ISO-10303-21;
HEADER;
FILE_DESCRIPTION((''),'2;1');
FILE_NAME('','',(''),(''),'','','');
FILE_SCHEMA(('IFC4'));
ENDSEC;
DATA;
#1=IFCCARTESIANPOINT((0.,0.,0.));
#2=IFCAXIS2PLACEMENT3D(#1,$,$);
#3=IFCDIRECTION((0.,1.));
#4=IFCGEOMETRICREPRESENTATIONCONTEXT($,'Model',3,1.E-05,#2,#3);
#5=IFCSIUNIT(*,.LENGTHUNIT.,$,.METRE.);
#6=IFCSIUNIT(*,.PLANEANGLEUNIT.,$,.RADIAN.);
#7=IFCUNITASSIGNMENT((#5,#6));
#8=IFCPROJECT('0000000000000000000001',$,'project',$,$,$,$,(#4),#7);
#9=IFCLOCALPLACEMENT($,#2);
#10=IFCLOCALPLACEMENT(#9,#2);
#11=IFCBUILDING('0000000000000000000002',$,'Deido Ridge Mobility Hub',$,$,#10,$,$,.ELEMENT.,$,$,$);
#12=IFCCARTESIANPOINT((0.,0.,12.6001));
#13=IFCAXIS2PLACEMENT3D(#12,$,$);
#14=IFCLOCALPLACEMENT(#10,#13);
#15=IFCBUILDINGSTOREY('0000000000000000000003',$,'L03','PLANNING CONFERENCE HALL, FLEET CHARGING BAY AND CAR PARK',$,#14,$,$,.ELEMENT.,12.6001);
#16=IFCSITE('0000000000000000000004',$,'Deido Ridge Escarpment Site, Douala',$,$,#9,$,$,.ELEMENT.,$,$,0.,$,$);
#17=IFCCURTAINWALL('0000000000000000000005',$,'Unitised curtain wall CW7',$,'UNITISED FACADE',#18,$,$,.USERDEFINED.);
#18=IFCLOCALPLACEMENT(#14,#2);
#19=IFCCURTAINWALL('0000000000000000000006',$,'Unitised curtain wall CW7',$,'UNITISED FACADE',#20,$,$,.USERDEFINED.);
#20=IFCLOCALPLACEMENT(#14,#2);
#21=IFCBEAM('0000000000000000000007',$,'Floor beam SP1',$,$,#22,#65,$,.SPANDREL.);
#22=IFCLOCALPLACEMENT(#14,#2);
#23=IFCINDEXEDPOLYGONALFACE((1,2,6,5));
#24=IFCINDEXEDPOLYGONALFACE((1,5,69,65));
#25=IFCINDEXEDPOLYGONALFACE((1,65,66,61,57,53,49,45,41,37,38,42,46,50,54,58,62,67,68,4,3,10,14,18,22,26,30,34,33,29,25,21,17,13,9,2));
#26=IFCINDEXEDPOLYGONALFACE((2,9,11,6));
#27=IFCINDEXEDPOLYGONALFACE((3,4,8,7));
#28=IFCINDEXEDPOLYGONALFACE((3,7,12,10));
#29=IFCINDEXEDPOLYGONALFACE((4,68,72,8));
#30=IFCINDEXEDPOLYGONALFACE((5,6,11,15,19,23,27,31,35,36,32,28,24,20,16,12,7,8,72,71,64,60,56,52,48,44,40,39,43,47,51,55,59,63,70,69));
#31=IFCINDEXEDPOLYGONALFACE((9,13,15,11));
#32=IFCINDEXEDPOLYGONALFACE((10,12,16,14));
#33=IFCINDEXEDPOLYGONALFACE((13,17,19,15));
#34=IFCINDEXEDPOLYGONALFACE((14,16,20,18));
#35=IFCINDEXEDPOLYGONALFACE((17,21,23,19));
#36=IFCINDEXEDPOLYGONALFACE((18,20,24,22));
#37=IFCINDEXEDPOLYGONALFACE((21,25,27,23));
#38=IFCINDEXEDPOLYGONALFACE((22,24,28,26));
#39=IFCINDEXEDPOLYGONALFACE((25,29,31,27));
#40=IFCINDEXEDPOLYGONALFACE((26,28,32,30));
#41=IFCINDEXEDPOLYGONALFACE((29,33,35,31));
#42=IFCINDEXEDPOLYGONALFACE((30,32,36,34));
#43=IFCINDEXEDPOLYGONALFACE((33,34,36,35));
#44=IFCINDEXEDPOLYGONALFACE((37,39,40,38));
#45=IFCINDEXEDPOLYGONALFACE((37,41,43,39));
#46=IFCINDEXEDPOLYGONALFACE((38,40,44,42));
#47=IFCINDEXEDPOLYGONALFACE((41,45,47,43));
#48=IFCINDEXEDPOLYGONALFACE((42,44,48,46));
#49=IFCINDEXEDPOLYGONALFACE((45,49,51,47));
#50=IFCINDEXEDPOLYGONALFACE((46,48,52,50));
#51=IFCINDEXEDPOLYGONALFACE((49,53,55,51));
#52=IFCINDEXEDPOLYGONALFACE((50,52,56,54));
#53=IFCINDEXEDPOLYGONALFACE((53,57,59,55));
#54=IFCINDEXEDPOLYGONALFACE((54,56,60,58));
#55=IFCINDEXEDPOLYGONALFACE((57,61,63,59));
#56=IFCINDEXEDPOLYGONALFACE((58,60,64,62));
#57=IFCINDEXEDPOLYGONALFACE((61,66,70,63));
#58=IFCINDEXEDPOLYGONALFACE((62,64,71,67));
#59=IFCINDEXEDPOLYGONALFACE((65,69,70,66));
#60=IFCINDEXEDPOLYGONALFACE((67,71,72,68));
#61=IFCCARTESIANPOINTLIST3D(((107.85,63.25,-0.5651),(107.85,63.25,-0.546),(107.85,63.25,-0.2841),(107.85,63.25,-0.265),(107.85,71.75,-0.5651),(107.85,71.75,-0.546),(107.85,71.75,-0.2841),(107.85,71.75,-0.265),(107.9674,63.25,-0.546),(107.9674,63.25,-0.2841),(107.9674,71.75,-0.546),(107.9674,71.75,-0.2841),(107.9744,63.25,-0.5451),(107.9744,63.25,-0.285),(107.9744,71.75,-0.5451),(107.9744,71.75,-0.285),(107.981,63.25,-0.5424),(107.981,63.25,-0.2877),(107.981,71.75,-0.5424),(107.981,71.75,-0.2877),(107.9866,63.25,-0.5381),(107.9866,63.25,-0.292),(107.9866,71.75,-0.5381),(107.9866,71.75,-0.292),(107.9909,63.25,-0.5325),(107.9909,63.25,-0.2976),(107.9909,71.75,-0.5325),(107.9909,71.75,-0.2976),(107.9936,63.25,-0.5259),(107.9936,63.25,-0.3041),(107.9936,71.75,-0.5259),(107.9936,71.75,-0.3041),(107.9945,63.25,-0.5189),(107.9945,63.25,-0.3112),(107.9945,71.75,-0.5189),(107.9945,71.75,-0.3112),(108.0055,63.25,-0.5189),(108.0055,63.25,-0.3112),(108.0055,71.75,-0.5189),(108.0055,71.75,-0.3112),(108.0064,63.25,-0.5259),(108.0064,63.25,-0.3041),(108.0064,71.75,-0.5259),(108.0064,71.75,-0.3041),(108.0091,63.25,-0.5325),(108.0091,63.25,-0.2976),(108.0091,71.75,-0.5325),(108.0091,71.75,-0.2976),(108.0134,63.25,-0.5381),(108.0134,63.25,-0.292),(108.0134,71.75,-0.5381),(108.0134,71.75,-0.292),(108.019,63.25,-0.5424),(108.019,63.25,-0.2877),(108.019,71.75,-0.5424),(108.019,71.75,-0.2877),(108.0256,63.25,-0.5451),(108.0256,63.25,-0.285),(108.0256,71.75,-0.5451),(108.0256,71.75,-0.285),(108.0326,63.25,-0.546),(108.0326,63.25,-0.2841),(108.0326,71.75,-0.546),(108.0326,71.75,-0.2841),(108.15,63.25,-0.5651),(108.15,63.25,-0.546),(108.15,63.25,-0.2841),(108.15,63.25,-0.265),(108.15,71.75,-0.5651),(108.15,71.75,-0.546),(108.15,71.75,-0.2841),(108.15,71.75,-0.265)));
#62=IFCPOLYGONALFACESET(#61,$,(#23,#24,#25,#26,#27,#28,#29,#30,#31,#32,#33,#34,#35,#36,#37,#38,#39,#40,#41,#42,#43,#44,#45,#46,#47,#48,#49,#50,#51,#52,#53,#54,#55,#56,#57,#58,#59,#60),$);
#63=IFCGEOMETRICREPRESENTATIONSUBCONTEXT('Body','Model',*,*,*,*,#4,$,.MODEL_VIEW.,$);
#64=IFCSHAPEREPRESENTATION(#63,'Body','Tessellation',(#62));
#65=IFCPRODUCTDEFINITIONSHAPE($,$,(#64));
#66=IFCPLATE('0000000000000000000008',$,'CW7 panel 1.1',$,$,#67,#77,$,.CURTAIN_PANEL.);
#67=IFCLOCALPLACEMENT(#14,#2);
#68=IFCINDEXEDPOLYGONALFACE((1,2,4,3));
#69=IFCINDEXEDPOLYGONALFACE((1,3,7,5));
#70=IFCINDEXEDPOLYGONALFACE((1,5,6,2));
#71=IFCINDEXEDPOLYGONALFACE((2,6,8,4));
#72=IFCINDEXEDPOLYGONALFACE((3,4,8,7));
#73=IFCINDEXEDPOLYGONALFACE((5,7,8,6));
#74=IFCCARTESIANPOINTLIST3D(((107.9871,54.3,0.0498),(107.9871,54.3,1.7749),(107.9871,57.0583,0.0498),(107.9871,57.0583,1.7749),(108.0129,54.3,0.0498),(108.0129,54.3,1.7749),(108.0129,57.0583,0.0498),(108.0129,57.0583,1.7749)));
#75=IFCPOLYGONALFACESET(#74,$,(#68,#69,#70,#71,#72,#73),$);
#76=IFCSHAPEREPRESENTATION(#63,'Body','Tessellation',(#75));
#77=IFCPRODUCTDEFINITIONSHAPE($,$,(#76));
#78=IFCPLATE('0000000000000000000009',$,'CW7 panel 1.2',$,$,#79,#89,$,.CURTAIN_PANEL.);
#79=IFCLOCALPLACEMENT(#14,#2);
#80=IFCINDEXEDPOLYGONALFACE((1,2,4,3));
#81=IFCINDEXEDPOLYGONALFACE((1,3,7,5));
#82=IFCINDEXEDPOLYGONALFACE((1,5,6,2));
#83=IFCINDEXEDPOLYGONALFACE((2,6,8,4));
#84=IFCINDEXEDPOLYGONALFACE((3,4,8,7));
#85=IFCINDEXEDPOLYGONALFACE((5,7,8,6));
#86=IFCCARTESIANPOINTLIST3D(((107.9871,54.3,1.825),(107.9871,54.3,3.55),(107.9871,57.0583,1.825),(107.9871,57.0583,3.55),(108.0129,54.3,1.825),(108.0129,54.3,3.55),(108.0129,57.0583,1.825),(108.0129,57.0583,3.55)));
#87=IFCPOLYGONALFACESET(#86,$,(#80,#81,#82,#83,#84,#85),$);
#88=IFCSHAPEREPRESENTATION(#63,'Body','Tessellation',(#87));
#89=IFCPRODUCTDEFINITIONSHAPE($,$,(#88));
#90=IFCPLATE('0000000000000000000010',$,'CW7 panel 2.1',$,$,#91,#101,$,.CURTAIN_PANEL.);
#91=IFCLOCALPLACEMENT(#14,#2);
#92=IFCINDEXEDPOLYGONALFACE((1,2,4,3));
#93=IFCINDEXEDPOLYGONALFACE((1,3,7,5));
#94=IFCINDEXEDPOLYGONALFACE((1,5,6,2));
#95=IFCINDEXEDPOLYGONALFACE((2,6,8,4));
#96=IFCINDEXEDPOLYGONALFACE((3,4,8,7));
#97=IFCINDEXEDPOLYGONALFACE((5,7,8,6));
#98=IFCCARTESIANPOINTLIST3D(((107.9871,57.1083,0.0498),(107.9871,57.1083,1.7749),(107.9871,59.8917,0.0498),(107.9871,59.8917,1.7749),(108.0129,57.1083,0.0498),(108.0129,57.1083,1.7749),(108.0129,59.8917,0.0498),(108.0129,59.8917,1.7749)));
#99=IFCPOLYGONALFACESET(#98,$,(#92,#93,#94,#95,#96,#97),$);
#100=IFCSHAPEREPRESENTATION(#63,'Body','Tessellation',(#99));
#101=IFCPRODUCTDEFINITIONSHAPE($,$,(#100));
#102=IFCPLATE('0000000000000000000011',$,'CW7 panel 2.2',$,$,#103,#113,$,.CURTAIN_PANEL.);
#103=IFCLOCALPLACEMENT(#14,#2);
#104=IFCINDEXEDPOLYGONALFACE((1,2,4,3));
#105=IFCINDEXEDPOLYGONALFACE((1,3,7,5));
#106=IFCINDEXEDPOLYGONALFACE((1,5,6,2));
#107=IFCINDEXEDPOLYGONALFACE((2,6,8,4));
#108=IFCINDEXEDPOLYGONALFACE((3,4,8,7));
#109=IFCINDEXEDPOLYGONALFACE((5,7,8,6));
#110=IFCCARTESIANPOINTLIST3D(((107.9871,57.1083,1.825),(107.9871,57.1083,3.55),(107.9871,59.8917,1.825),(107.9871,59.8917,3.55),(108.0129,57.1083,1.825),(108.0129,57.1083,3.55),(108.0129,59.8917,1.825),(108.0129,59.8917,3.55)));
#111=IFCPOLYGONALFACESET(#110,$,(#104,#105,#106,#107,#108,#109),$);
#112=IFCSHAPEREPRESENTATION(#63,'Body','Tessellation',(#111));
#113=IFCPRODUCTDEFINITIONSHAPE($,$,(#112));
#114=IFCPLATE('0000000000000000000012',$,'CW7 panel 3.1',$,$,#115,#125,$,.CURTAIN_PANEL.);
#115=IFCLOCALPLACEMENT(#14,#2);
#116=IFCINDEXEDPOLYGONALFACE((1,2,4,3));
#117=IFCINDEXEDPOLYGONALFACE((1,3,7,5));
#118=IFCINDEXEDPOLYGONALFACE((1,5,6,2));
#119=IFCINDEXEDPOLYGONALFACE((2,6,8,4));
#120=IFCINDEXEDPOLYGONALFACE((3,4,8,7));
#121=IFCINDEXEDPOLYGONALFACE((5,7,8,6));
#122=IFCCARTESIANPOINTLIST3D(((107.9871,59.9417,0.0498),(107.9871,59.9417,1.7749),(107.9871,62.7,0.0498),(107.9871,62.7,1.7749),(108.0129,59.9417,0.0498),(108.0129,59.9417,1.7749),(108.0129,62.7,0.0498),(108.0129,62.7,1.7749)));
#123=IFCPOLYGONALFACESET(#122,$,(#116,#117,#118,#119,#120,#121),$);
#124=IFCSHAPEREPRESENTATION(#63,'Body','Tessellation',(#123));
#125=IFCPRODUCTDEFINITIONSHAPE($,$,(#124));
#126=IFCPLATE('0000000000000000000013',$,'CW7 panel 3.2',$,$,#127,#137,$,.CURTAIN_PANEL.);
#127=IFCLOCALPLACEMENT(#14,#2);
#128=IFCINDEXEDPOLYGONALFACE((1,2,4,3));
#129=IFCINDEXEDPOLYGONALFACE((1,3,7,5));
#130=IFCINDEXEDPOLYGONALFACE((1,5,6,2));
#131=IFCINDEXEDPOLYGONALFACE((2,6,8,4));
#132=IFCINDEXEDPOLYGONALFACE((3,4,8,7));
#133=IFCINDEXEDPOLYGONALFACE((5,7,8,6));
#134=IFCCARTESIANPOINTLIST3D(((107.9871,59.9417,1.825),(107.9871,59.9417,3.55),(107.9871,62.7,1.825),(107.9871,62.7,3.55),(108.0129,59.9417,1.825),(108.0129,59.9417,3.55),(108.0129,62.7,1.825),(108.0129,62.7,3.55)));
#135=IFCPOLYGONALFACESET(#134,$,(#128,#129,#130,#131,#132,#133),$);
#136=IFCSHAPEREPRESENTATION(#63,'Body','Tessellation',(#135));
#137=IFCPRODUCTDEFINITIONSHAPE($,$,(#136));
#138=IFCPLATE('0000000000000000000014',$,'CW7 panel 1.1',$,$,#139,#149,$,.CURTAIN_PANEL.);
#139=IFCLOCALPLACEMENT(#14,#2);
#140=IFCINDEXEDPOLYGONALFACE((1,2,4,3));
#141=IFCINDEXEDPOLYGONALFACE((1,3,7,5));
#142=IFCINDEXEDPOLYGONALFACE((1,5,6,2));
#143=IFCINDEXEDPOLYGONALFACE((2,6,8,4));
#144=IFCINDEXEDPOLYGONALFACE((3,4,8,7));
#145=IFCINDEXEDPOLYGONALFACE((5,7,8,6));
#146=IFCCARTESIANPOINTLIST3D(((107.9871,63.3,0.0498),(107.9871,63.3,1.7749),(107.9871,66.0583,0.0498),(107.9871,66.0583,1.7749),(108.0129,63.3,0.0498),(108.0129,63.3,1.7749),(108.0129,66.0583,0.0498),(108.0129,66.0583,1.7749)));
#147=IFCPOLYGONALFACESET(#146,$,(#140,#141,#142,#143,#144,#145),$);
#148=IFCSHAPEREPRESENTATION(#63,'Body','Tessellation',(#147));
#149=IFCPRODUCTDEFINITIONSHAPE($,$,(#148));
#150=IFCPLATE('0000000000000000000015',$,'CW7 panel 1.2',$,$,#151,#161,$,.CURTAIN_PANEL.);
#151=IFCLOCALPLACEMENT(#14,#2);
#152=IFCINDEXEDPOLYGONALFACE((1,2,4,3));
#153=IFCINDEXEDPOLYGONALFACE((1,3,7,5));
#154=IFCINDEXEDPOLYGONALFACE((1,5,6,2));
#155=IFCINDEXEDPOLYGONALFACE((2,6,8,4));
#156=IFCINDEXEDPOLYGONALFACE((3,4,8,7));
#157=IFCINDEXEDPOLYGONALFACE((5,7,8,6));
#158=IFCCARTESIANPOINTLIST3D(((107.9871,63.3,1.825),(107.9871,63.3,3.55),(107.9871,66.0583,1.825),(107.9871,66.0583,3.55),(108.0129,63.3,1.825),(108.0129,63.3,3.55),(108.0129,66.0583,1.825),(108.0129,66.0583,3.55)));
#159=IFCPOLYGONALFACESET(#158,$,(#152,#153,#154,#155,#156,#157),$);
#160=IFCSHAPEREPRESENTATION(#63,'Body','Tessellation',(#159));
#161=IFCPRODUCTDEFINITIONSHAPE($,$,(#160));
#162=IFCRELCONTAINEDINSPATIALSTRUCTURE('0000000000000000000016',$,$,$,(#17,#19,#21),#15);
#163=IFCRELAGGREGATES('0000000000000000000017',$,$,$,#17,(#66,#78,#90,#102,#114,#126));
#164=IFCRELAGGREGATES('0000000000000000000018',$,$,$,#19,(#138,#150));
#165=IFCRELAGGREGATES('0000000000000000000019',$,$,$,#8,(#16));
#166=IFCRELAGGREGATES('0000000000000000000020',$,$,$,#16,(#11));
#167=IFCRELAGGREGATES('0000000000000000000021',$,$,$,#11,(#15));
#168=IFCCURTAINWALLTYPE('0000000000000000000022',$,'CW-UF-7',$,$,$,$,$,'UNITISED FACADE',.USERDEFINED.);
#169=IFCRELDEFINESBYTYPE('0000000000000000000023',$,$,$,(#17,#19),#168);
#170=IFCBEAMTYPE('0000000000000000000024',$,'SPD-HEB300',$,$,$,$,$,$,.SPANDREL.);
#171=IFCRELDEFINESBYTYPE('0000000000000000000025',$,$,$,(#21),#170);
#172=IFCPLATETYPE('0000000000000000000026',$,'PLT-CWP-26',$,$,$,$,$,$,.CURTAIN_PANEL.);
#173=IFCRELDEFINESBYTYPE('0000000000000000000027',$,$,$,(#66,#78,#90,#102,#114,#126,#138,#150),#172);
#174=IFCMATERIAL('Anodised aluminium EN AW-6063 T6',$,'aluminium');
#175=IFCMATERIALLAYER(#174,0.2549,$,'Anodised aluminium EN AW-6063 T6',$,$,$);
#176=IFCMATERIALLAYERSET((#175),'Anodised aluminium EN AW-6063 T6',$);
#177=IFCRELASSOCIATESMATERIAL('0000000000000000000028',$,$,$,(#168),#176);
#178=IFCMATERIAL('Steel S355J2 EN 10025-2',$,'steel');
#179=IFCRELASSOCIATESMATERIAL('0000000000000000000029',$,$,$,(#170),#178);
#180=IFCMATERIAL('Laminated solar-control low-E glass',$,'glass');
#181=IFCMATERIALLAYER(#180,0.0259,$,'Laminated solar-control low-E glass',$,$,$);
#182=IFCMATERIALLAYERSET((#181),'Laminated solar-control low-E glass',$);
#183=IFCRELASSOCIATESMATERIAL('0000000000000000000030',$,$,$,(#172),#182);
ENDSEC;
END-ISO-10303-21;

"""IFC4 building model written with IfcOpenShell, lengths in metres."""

from ifc_helpers import new_model, si_unit, direction, frame, origin, origin_2d, place, context, subcontext, project, spatial, rectangle, i_section, extrude, material, layer, layer_set, material_profile, profile_set, type_object, element, aggregate, save


model = new_model("IFC4")

# Units and contexts
model_context = context("Model", 3, precision=1e-05, world=origin(), true_north=direction((0.0, 1.0)))
body_context = subcontext(model_context, "Body", "Model", "MODEL_VIEW")
ifc_project = project(units=[si_unit("LENGTHUNIT", "METRE"), si_unit("PLANEANGLEUNIT", "RADIAN")], contexts=[model_context])

# Site, building, storey
site_placement = place(None, origin())
site = spatial("IfcSite", under=ifc_project, at=site_placement, Name="Deido Ridge Escarpment Site, Douala", CompositionType="ELEMENT", RefElevation=0.0)
building_placement = place(site_placement, origin())
building = spatial("IfcBuilding", under=site, at=building_placement, Name="Deido Ridge Mobility Hub", CompositionType="ELEMENT")
storey_placement = place(building_placement, frame((0.0, 0.0, 12.6001)))
storey = spatial("IfcBuildingStorey", under=building, at=storey_placement, Name="L03", Description="PLANNING CONFERENCE HALL, FLEET CHARGING BAY AND CAR PARK", CompositionType="ELEMENT", Elevation=12.6001)

# Shared definitions
ifc_material_1 = material(Name="Steel S355J2 EN 10025-2", Category="steel")

# Curtain wall
ifc_material_2 = material(Name="Anodised aluminium EN AW-6063 T6", Category="aluminium")
ifc_layer_1 = layer(ifc_material_2, 0.2549, Name="Anodised aluminium EN AW-6063 T6")
ifc_layer_set_1 = layer_set([ifc_layer_1], Name="Anodised aluminium EN AW-6063 T6")
curtain_wall_type = type_object("IfcCurtainWallType", Name="CW-UF-7", ElementType="UNITISED FACADE", PredefinedType="USERDEFINED", material=ifc_layer_set_1)
curtain_wall_1_placement = place(storey_placement, origin())
curtain_wall_1 = element("IfcCurtainWall", 1, at=curtain_wall_1_placement, inside=storey, type_object=curtain_wall_type, Name="Unitised curtain wall CW7", ObjectType="UNITISED FACADE", PredefinedType="USERDEFINED")

# Curtain wall
curtain_wall_2_placement = place(storey_placement, origin())
curtain_wall_2 = element("IfcCurtainWall", 2, at=curtain_wall_2_placement, inside=storey, type_object=curtain_wall_type, Name="Unitised curtain wall CW7", ObjectType="UNITISED FACADE", PredefinedType="USERDEFINED")

# Beam
ifc_material_profile_1 = material_profile(ifc_material_1, i_section(OverallWidth=0.3, OverallDepth=0.3, WebThickness=0.011, FlangeThickness=0.019, FilletRadius=0.0271, at=origin_2d()), Name="HEB 300")
ifc_profile_set_1 = profile_set([ifc_material_profile_1], Name="Steel S355J2 EN 10025-2")
beam_type_1 = type_object("IfcBeamType", Name="SPD-HEB300", PredefinedType="SPANDREL", material=ifc_profile_set_1)
beam_1_placement = place(storey_placement, frame((108.0, 63.25, -0.415), z_axis=(0.0, 1.0, 0.0), x_axis=(-1.0, 0.0, 0.0)))
element("IfcBeam", 3, at=beam_1_placement, inside=storey, type_object=beam_type_1, Name="Floor beam SP1", PredefinedType="SPANDREL", context=body_context, shape_type="SweptSolid", body=[
    extrude(i_section(OverallWidth=0.3, OverallDepth=0.3, WebThickness=0.011, FlangeThickness=0.019, FilletRadius=0.0271, at=origin_2d()), origin(), (0.0, 0.0, 1.0), 8.5),
])

# Plates
ifc_material_3 = material(Name="Laminated solar-control low-E glass", Category="glass")
ifc_layer_2 = layer(ifc_material_3, 0.0259, Name="Laminated solar-control low-E glass")
ifc_layer_set_2 = layer_set([ifc_layer_2], Name="Laminated solar-control low-E glass")
plate_type = type_object("IfcPlateType", Name="PLT-CWP-26", PredefinedType="CURTAIN_PANEL", material=ifc_layer_set_2)
plate_1_placement = place(storey_placement, frame((108.0, 55.6792, 0.0498), z_axis=(0.0, 0.0, 1.0), x_axis=(0.0, 1.0, 0.0)))
plate_1 = element("IfcPlate", 4, at=plate_1_placement, type_object=plate_type, Name="CW7 panel 1.1", PredefinedType="CURTAIN_PANEL", context=body_context, shape_type="SweptSolid", body=[
    extrude(rectangle(XDim=2.7583, YDim=0.0259, at=origin_2d()), origin(), (0.0, 0.0, 1.0), 1.7251),
])
plate_2_placement = place(storey_placement, frame((108.0, 55.6792, 1.825), z_axis=(0.0, 0.0, 1.0), x_axis=(0.0, 1.0, 0.0)))
plate_2 = element("IfcPlate", 5, at=plate_2_placement, type_object=plate_type, Name="CW7 panel 1.2", PredefinedType="CURTAIN_PANEL", context=body_context, shape_type="SweptSolid", body=[
    extrude(rectangle(XDim=2.7583, YDim=0.0259, at=origin_2d()), origin(), (0.0, 0.0, 1.0), 1.7251),
])
plate_3_placement = place(storey_placement, frame((108.0, 58.5, 0.0498), z_axis=(0.0, 0.0, 1.0), x_axis=(0.0, 1.0, 0.0)))
plate_3 = element("IfcPlate", 6, at=plate_3_placement, type_object=plate_type, Name="CW7 panel 2.1", PredefinedType="CURTAIN_PANEL", context=body_context, shape_type="SweptSolid", body=[
    extrude(rectangle(XDim=2.7834, YDim=0.0259, at=origin_2d()), origin(), (0.0, 0.0, 1.0), 1.7251),
])
plate_4_placement = place(storey_placement, frame((108.0, 58.5, 1.825), z_axis=(0.0, 0.0, 1.0), x_axis=(0.0, 1.0, 0.0)))
plate_4 = element("IfcPlate", 7, at=plate_4_placement, type_object=plate_type, Name="CW7 panel 2.2", PredefinedType="CURTAIN_PANEL", context=body_context, shape_type="SweptSolid", body=[
    extrude(rectangle(XDim=2.7834, YDim=0.0259, at=origin_2d()), origin(), (0.0, 0.0, 1.0), 1.7251),
])
plate_5_placement = place(storey_placement, frame((108.0, 61.3208, 0.0498), z_axis=(0.0, 0.0, 1.0), x_axis=(0.0, 1.0, 0.0)))
plate_5 = element("IfcPlate", 8, at=plate_5_placement, type_object=plate_type, Name="CW7 panel 3.1", PredefinedType="CURTAIN_PANEL", context=body_context, shape_type="SweptSolid", body=[
    extrude(rectangle(XDim=2.7583, YDim=0.0259, at=origin_2d()), origin(), (0.0, 0.0, 1.0), 1.7251),
])
plate_6_placement = place(storey_placement, frame((108.0, 61.3208, 1.825), z_axis=(0.0, 0.0, 1.0), x_axis=(0.0, 1.0, 0.0)))
plate_6 = element("IfcPlate", 9, at=plate_6_placement, type_object=plate_type, Name="CW7 panel 3.2", PredefinedType="CURTAIN_PANEL", context=body_context, shape_type="SweptSolid", body=[
    extrude(rectangle(XDim=2.7583, YDim=0.0259, at=origin_2d()), origin(), (0.0, 0.0, 1.0), 1.7251),
])
aggregate(curtain_wall_1, [plate_1, plate_2, plate_3, plate_4, plate_5, plate_6])
plate_7_placement = place(storey_placement, frame((108.0, 64.6792, 0.0498), z_axis=(0.0, 0.0, 1.0), x_axis=(0.0, 1.0, 0.0)))
plate_7 = element("IfcPlate", 10, at=plate_7_placement, type_object=plate_type, Name="CW7 panel 1.1", PredefinedType="CURTAIN_PANEL", context=body_context, shape_type="SweptSolid", body=[
    extrude(rectangle(XDim=2.7583, YDim=0.0259, at=origin_2d()), origin(), (0.0, 0.0, 1.0), 1.7251),
])
plate_8_placement = place(storey_placement, frame((108.0, 64.6792, 1.825), z_axis=(0.0, 0.0, 1.0), x_axis=(0.0, 1.0, 0.0)))
plate_8 = element("IfcPlate", 11, at=plate_8_placement, type_object=plate_type, Name="CW7 panel 1.2", PredefinedType="CURTAIN_PANEL", context=body_context, shape_type="SweptSolid", body=[
    extrude(rectangle(XDim=2.7583, YDim=0.0259, at=origin_2d()), origin(), (0.0, 0.0, 1.0), 1.7251),
])
aggregate(curtain_wall_2, [plate_7, plate_8])

save(model, "model.ifc")
